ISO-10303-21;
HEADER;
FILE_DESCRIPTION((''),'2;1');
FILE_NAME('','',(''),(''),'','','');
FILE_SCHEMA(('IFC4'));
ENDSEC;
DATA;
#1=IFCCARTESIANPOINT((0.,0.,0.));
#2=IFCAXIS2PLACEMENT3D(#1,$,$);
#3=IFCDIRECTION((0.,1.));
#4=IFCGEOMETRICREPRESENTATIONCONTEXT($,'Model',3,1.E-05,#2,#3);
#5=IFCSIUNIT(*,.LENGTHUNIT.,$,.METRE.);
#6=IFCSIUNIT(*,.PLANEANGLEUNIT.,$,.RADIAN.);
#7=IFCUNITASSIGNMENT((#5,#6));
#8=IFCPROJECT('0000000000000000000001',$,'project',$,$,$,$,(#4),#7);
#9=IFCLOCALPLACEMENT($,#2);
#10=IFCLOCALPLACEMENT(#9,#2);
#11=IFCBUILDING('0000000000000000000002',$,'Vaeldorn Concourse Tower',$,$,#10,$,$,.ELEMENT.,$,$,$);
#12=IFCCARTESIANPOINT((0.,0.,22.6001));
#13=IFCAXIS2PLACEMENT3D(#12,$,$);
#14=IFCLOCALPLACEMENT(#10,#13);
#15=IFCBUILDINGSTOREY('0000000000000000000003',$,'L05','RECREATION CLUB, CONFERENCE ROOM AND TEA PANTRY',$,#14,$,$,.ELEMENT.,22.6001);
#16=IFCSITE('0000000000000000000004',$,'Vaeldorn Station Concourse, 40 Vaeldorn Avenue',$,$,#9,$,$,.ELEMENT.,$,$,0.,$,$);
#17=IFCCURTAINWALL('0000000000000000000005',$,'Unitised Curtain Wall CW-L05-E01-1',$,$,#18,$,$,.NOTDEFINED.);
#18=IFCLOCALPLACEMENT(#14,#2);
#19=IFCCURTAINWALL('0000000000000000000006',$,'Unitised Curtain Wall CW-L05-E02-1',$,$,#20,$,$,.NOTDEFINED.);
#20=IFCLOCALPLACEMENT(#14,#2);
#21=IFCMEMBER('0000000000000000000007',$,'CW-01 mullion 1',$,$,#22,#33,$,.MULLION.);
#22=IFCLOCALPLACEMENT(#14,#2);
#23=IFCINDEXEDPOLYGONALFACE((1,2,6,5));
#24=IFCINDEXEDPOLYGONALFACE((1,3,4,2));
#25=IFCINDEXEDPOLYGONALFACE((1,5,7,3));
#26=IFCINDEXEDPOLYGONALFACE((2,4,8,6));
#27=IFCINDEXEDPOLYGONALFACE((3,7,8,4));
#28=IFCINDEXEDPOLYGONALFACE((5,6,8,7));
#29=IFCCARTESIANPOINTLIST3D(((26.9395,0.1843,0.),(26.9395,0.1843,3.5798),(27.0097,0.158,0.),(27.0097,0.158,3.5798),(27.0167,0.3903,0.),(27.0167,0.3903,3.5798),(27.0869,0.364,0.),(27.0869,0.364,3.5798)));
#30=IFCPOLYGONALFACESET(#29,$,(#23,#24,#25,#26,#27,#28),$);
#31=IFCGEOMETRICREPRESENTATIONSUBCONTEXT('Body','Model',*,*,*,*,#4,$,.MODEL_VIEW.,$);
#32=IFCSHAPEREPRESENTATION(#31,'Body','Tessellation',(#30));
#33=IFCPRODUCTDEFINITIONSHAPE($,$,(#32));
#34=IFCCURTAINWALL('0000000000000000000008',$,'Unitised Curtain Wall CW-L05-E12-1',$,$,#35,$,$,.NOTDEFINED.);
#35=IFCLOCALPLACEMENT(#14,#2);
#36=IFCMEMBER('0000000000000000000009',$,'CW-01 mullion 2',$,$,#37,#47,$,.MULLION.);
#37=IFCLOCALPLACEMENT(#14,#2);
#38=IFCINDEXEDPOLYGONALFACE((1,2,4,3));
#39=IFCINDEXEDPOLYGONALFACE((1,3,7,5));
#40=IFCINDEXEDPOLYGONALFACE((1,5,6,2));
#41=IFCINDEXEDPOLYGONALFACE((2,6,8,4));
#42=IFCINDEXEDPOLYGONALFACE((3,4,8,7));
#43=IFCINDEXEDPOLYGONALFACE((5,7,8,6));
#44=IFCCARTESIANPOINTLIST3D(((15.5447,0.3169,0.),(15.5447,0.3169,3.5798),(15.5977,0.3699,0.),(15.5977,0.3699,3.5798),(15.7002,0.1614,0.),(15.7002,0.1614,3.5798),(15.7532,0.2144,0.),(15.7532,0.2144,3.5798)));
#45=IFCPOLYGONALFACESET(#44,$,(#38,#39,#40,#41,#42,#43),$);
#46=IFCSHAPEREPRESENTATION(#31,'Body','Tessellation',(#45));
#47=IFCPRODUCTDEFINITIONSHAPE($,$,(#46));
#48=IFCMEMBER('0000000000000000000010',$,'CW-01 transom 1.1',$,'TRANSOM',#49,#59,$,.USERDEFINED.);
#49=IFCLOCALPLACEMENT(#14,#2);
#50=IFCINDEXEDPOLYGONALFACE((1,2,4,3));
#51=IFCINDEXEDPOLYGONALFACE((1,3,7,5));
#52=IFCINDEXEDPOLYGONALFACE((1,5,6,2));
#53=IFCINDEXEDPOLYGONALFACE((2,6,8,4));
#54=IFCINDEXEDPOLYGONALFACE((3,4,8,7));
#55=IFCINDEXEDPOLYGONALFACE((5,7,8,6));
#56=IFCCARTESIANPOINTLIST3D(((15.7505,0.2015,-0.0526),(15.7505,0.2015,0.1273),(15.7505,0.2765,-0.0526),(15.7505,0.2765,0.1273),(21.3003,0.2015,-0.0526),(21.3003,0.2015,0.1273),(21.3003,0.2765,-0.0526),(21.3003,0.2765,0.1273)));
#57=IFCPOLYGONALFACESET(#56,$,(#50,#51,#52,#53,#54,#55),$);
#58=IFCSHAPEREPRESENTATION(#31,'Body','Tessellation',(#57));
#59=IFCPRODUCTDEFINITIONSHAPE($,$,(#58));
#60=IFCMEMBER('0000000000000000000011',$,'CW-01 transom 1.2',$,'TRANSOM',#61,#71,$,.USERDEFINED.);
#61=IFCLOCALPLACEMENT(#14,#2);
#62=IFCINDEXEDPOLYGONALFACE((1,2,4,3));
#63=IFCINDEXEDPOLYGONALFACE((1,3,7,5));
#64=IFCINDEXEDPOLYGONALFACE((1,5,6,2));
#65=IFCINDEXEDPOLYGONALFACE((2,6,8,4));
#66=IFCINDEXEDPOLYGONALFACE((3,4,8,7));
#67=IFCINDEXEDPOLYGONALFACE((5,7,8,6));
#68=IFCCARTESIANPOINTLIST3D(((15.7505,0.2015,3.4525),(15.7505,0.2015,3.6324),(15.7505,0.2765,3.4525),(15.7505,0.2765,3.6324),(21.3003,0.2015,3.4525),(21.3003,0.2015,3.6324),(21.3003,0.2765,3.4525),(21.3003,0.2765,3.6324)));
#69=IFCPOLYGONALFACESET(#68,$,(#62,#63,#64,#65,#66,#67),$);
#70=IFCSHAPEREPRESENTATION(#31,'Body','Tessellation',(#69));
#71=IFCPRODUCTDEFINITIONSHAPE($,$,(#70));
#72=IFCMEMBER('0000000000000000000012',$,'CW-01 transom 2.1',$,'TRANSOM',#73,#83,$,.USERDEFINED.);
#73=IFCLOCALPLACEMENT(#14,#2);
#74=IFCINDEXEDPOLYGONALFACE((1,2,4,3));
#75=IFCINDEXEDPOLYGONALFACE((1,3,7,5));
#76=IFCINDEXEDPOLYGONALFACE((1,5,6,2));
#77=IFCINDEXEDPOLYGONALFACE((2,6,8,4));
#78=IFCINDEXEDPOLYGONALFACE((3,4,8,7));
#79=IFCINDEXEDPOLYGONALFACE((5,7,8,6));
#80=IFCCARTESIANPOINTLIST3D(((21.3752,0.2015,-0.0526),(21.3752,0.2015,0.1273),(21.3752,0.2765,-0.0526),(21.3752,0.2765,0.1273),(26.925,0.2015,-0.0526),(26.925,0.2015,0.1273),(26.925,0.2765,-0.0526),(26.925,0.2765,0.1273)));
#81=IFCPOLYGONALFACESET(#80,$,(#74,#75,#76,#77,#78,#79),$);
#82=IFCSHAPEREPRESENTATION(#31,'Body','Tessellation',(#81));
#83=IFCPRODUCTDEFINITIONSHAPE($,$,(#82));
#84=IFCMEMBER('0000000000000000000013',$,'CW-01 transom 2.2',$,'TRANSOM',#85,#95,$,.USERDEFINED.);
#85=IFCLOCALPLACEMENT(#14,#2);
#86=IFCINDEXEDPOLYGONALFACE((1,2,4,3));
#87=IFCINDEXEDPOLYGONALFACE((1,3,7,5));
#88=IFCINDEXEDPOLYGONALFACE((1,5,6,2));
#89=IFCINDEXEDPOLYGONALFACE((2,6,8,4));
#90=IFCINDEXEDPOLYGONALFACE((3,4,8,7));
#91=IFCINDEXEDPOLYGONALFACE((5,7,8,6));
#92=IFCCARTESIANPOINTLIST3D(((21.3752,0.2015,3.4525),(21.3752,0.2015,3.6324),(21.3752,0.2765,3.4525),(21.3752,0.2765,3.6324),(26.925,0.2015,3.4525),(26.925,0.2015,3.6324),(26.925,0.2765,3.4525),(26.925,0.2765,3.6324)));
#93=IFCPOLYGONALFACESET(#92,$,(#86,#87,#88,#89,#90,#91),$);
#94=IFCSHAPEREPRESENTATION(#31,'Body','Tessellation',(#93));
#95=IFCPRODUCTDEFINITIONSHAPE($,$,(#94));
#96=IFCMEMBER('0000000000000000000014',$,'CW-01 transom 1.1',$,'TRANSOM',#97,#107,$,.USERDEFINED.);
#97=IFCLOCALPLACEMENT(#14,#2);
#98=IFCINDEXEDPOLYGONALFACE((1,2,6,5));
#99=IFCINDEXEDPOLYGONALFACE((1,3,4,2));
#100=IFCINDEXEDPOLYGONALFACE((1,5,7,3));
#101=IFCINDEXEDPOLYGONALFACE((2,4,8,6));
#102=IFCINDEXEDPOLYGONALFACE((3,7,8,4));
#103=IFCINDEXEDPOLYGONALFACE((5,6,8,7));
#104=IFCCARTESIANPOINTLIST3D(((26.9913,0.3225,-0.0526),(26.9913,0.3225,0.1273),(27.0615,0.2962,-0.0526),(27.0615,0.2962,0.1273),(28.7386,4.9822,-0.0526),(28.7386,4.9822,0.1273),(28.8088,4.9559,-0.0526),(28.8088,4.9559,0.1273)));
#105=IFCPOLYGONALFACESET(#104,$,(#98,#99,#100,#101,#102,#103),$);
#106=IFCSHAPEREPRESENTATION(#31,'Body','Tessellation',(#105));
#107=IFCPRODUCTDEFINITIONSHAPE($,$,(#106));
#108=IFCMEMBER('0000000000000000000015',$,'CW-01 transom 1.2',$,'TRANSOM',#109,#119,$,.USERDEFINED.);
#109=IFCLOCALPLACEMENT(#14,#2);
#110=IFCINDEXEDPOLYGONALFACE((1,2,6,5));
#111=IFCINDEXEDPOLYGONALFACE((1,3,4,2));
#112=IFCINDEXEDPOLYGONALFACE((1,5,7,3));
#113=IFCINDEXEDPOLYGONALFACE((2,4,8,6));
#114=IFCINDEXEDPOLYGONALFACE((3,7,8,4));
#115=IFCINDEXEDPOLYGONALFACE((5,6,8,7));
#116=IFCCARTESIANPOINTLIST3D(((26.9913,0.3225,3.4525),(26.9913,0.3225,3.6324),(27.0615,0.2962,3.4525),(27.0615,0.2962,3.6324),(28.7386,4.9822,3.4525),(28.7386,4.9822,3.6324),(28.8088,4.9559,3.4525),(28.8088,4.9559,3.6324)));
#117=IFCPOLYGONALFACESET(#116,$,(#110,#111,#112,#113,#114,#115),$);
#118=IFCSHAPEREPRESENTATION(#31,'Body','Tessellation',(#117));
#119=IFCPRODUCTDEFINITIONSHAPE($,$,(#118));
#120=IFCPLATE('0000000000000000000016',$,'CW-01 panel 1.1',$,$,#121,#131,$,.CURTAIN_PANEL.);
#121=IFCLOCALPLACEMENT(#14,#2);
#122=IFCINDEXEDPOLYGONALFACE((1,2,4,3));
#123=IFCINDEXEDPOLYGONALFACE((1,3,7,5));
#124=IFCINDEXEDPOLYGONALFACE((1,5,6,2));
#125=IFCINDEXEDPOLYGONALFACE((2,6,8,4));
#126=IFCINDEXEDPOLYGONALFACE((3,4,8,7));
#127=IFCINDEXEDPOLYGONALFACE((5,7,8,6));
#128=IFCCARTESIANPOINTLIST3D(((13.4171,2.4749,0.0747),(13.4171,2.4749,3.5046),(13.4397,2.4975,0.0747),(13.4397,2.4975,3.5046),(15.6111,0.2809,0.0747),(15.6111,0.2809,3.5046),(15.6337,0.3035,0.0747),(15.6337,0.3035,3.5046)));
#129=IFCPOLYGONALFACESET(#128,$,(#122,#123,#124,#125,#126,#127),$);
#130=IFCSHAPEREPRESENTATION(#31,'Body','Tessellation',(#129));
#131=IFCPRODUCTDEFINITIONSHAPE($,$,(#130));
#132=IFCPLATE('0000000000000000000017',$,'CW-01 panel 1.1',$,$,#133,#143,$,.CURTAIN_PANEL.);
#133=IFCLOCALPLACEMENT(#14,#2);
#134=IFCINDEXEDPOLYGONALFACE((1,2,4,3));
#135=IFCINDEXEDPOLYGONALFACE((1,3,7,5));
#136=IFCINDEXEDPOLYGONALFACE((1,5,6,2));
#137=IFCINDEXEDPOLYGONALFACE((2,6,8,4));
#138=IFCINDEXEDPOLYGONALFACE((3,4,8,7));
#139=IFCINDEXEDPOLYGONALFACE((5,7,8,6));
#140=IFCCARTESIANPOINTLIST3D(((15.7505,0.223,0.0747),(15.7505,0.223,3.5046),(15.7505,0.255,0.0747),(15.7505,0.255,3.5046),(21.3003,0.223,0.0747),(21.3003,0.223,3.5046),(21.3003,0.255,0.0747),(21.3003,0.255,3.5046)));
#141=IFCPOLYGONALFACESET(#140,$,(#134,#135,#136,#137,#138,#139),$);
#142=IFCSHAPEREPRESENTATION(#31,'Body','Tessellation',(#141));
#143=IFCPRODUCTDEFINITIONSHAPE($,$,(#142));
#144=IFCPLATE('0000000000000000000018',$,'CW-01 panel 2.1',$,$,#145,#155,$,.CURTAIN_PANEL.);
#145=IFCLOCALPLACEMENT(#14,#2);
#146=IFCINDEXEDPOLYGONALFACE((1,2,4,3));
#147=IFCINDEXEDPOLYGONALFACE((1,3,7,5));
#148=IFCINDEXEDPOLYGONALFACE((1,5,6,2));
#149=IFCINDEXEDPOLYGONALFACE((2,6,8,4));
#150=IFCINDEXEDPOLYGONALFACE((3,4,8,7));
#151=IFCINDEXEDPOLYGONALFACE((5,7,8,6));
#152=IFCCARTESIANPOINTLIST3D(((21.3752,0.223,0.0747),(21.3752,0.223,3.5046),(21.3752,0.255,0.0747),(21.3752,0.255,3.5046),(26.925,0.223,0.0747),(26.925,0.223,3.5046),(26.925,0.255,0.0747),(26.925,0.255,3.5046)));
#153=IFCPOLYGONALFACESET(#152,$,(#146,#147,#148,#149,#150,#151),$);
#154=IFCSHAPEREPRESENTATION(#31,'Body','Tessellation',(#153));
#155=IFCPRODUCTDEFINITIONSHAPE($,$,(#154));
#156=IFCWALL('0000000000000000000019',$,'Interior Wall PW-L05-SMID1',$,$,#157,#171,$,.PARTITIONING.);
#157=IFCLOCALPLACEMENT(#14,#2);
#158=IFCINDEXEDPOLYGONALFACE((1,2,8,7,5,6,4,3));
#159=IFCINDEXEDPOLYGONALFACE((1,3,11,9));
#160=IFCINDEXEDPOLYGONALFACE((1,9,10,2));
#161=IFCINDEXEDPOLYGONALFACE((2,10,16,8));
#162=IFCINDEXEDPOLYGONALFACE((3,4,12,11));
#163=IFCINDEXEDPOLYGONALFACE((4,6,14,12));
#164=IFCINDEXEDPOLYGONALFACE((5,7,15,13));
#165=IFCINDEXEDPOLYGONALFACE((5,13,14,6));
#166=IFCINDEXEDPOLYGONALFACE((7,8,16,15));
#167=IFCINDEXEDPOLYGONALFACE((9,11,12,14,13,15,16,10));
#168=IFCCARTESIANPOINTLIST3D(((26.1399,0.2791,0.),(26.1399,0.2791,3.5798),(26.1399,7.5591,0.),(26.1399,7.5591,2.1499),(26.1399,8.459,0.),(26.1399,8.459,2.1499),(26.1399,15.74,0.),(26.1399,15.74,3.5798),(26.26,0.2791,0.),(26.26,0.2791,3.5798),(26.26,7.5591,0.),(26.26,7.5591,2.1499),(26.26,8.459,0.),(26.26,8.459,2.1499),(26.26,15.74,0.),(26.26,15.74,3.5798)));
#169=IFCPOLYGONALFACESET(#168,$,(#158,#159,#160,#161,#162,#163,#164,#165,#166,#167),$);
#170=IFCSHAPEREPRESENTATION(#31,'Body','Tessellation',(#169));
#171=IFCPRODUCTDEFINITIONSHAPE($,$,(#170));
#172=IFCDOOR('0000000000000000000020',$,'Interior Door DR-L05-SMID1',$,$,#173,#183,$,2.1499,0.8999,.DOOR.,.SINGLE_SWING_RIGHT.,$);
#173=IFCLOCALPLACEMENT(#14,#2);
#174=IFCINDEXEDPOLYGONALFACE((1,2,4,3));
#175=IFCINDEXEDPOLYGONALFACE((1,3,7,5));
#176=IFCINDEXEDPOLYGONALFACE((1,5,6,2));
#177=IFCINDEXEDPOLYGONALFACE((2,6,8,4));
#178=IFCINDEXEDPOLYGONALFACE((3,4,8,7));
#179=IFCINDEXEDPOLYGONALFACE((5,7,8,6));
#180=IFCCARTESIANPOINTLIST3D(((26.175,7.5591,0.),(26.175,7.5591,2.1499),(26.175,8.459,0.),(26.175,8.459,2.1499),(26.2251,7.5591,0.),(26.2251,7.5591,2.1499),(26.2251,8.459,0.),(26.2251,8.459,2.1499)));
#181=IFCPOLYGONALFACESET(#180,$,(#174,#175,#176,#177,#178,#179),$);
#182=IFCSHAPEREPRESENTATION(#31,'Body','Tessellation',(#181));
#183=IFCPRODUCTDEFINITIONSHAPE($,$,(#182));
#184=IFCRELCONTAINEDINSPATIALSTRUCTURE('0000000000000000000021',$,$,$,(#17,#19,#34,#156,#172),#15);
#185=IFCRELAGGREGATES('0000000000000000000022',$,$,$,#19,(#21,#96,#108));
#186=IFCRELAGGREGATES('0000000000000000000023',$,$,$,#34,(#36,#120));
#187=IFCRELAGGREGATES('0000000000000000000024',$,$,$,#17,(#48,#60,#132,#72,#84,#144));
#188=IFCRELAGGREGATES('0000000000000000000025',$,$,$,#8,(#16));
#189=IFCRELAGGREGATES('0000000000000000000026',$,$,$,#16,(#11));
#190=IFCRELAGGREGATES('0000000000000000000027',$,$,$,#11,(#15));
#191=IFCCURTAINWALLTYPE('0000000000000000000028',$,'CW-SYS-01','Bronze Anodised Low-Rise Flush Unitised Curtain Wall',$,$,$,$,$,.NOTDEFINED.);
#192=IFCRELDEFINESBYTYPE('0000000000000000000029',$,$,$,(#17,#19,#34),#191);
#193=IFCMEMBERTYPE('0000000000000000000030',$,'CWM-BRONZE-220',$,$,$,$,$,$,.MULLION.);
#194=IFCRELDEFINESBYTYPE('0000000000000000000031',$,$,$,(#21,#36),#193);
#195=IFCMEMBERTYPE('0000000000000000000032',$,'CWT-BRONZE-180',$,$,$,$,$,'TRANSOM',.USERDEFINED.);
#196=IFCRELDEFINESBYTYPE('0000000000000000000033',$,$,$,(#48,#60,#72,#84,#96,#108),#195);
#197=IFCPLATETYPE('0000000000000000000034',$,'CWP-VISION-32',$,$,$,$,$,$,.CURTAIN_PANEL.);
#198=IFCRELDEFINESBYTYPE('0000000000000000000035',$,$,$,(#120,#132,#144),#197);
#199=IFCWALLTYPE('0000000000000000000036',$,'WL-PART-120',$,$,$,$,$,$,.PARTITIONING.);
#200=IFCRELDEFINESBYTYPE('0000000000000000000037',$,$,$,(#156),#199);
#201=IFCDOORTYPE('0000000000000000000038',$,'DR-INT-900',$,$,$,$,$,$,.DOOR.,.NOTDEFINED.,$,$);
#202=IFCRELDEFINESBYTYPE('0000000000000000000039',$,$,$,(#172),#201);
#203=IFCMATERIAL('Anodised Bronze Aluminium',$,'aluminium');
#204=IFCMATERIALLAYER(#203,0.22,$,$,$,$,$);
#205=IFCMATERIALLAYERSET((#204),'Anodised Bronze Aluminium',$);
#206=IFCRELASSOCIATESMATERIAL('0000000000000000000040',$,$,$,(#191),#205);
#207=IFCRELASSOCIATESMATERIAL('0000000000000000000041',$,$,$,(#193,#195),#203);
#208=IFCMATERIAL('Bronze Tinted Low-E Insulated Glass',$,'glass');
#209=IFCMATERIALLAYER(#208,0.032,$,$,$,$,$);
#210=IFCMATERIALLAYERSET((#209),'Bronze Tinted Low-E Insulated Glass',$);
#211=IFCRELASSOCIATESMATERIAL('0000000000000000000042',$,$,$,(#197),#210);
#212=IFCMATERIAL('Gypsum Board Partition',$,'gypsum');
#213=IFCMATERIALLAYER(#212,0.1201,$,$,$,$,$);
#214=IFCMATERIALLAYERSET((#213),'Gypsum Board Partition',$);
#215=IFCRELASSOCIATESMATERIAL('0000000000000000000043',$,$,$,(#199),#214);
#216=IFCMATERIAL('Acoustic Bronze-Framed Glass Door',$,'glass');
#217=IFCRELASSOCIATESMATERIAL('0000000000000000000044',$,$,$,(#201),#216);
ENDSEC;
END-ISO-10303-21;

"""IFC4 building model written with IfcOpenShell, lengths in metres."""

from ifc_helpers import new_model, si_unit, direction, frame, frame_2d, origin, origin_2d, place, context, subcontext, project, spatial, rectangle, extrude, source, transform, mapped, material, layer, layer_set, material_profile, profile_set, type_object, element, fill, aggregate, save


model = new_model("IFC4")

# Units and contexts
model_context = context("Model", 3, precision=1e-05, world=origin(), true_north=direction((0.0, 1.0)))
body_context = subcontext(model_context, "Body", "Model", "MODEL_VIEW")
ifc_project = project(units=[si_unit("LENGTHUNIT", "METRE"), si_unit("PLANEANGLEUNIT", "RADIAN")], contexts=[model_context])

# Site, building, storey
site_placement = place(None, origin())
site = spatial("IfcSite", under=ifc_project, at=site_placement, Name="Vaeldorn Station Concourse, 40 Vaeldorn Avenue", CompositionType="ELEMENT", RefElevation=0.0)
building_placement = place(site_placement, origin())
building = spatial("IfcBuilding", under=site, at=building_placement, Name="Vaeldorn Concourse Tower", CompositionType="ELEMENT")
storey_placement = place(building_placement, frame((0.0, 0.0, 22.6001)))
storey = spatial("IfcBuildingStorey", under=building, at=storey_placement, Name="L05", Description="RECREATION CLUB, CONFERENCE ROOM AND TEA PANTRY", CompositionType="ELEMENT", Elevation=22.6001)

# Curtain wall
ifc_material_1 = material(Name="Anodised Bronze Aluminium", Category="aluminium")
ifc_layer_1 = layer(ifc_material_1, 0.22)
ifc_layer_set_1 = layer_set([ifc_layer_1], Name="Anodised Bronze Aluminium")
curtain_wall_type = type_object("IfcCurtainWallType", Name="CW-SYS-01", Description="Bronze Anodised Low-Rise Flush Unitised Curtain Wall", PredefinedType="NOTDEFINED", material=ifc_layer_set_1)
curtain_wall_1_placement = place(storey_placement, origin())
curtain_wall_1 = element("IfcCurtainWall", 1, at=curtain_wall_1_placement, inside=storey, type_object=curtain_wall_type, Name="Unitised Curtain Wall CW-L05-E01-1", PredefinedType="NOTDEFINED")
ifc_material_profile_1 = material_profile(ifc_material_1, rectangle(XDim=0.075, YDim=0.22, at=origin_2d()), Name="CWM 75x220")
ifc_profile_set_1 = profile_set([ifc_material_profile_1], Name="Anodised Bronze Aluminium")
member_type_1 = type_object("IfcMemberType", Name="CWM-BRONZE-220", PredefinedType="MULLION", material=ifc_profile_set_1)
shared_shape_1 = source(origin(), body_context, "Body", "SweptSolid", [
    extrude(rectangle(XDim=0.075, YDim=0.22, at=origin_2d()), origin(), (0.0, 0.0, 1.0), 3.5798),
])

# Curtain walls, members
curtain_wall_2_placement = place(storey_placement, origin())
curtain_wall_2 = element("IfcCurtainWall", 2, at=curtain_wall_2_placement, inside=storey, type_object=curtain_wall_type, Name="Unitised Curtain Wall CW-L05-E02-1", PredefinedType="NOTDEFINED")
member_1_placement = place(storey_placement, frame((27.0132, 0.2742, 0.0), z_axis=(0.0, 0.0, 1.0), x_axis=(-0.936329, 0.351123, 0.0)))
member_1 = element("IfcMember", 3, at=member_1_placement, type_object=member_type_1, Name="CW-01 mullion 1", PredefinedType="MULLION", context=body_context, shape_type="MappedRepresentation", body=[
    mapped(shared_shape_1, transform((0.0, 0.0, 0.0), scale=1.0)),
])
curtain_wall_3_placement = place(storey_placement, origin())
curtain_wall_3 = element("IfcCurtainWall", 4, at=curtain_wall_3_placement, inside=storey, type_object=curtain_wall_type, Name="Unitised Curtain Wall CW-L05-E12-1", PredefinedType="NOTDEFINED")
member_2_placement = place(storey_placement, frame((15.6489, 0.2656, 0.0), z_axis=(0.0, 0.0, 1.0), x_axis=(0.707107, 0.707107, 0.0)))
member_2 = element("IfcMember", 5, at=member_2_placement, type_object=member_type_1, Name="CW-01 mullion 2", PredefinedType="MULLION", context=body_context, shape_type="MappedRepresentation", body=[
    mapped(shared_shape_1, transform((0.0, 0.0, 0.0), scale=1.0)),
])

# Members
ifc_material_profile_2 = material_profile(ifc_material_1, rectangle(XDim=0.075, YDim=0.1799, at=origin_2d()), Name="CWT 75x180")
ifc_profile_set_2 = profile_set([ifc_material_profile_2], Name="Anodised Bronze Aluminium")
member_type_2 = type_object("IfcMemberType", Name="CWT-BRONZE-180", ElementType="TRANSOM", PredefinedType="USERDEFINED", material=ifc_profile_set_2)
shared_shape_2 = source(origin(), body_context, "Body", "SweptSolid", [
    extrude(rectangle(XDim=0.075, YDim=0.1799, at=origin_2d()), origin(), (0.0, 0.0, 1.0), 5.5498),
])
member_3_placement = place(storey_placement, frame((15.7505, 0.239, 0.0374), z_axis=(1.0, 0.0, 0.0), x_axis=(0.0, 1.0, 0.0)))
member_3 = element("IfcMember", 6, at=member_3_placement, type_object=member_type_2, Name="CW-01 transom 1.1", ObjectType="TRANSOM", PredefinedType="USERDEFINED", context=body_context, shape_type="MappedRepresentation", body=[
    mapped(shared_shape_2, transform((0.0, 0.0, 0.0), scale=1.0)),
])
member_4_placement = place(storey_placement, frame((15.7505, 0.239, 3.5425), z_axis=(1.0, 0.0, 0.0), x_axis=(0.0, 1.0, 0.0)))
member_4 = element("IfcMember", 7, at=member_4_placement, type_object=member_type_2, Name="CW-01 transom 1.2", ObjectType="TRANSOM", PredefinedType="USERDEFINED", context=body_context, shape_type="MappedRepresentation", body=[
    mapped(shared_shape_2, transform((0.0, 0.0, 0.0), scale=1.0)),
])
member_5_placement = place(storey_placement, frame((21.3752, 0.239, 0.0374), z_axis=(1.0, 0.0, 0.0), x_axis=(0.0, 1.0, 0.0)))
member_5 = element("IfcMember", 8, at=member_5_placement, type_object=member_type_2, Name="CW-01 transom 2.1", ObjectType="TRANSOM", PredefinedType="USERDEFINED", context=body_context, shape_type="MappedRepresentation", body=[
    mapped(shared_shape_2, transform((0.0, 0.0, 0.0), scale=1.0)),
])
member_6_placement = place(storey_placement, frame((21.3752, 0.239, 3.5425), z_axis=(1.0, 0.0, 0.0), x_axis=(0.0, 1.0, 0.0)))
member_6 = element("IfcMember", 9, at=member_6_placement, type_object=member_type_2, Name="CW-01 transom 2.2", ObjectType="TRANSOM", PredefinedType="USERDEFINED", context=body_context, shape_type="MappedRepresentation", body=[
    mapped(shared_shape_2, transform((0.0, 0.0, 0.0), scale=1.0)),
])
shared_shape_3 = source(origin(), body_context, "Body", "SweptSolid", [
    extrude(rectangle(XDim=0.075, YDim=0.1799, at=origin_2d()), origin(), (0.0, 0.0, 1.0), 4.9766),
])
member_7_placement = place(storey_placement, frame((27.0264, 0.3093, 0.0374), z_axis=(0.351113, 0.936333, 0.0), x_axis=(-0.936333, 0.351113, 0.0)))
member_7 = element("IfcMember", 10, at=member_7_placement, type_object=member_type_2, Name="CW-01 transom 1.1", ObjectType="TRANSOM", PredefinedType="USERDEFINED", context=body_context, shape_type="MappedRepresentation", body=[
    mapped(shared_shape_3, transform((0.0, 0.0, 0.0), scale=1.0)),
])
member_8_placement = place(storey_placement, frame((27.0264, 0.3093, 3.5425), z_axis=(0.351113, 0.936333, 0.0), x_axis=(-0.936333, 0.351113, 0.0)))
member_8 = element("IfcMember", 11, at=member_8_placement, type_object=member_type_2, Name="CW-01 transom 1.2", ObjectType="TRANSOM", PredefinedType="USERDEFINED", context=body_context, shape_type="MappedRepresentation", body=[
    mapped(shared_shape_3, transform((0.0, 0.0, 0.0), scale=1.0)),
])
aggregate(curtain_wall_2, [member_1, member_7, member_8])

# Plates
ifc_material_2 = material(Name="Bronze Tinted Low-E Insulated Glass", Category="glass")
ifc_layer_2 = layer(ifc_material_2, 0.032)
ifc_layer_set_2 = layer_set([ifc_layer_2], Name="Bronze Tinted Low-E Insulated Glass")
plate_type = type_object("IfcPlateType", Name="CWP-VISION-32", PredefinedType="CURTAIN_PANEL", material=ifc_layer_set_2)
shared_shape_4 = source(origin(), body_context, "Body", "SweptSolid", [
    extrude(rectangle(XDim=3.1028, YDim=0.032, at=origin_2d()), origin(), (0.0, 0.0, 1.0), 3.4299),
])
plate_1_placement = place(storey_placement, frame((14.5254, 1.3892, 0.0747), z_axis=(0.0, 0.0, 1.0), x_axis=(0.707107, -0.707107, 0.0)))
plate_1 = element("IfcPlate", 12, at=plate_1_placement, type_object=plate_type, Name="CW-01 panel 1.1", PredefinedType="CURTAIN_PANEL", context=body_context, shape_type="MappedRepresentation", body=[
    mapped(shared_shape_4, transform((0.0, 0.0, 0.0), scale=1.0)),
])
aggregate(curtain_wall_3, [member_2, plate_1])
shared_shape_5 = source(origin(), body_context, "Body", "SweptSolid", [
    extrude(rectangle(XDim=5.5498, YDim=0.032, at=origin_2d()), origin(), (0.0, 0.0, 1.0), 3.4299),
])
plate_2_placement = place(storey_placement, frame((18.5254, 0.239, 0.0747), z_axis=(0.0, 0.0, 1.0), x_axis=(1.0, 0.0, 0.0)))
plate_2 = element("IfcPlate", 13, at=plate_2_placement, type_object=plate_type, Name="CW-01 panel 1.1", PredefinedType="CURTAIN_PANEL", context=body_context, shape_type="MappedRepresentation", body=[
    mapped(shared_shape_5, transform((0.0, 0.0, 0.0), scale=1.0)),
])
plate_3_placement = place(storey_placement, frame((24.1501, 0.239, 0.0747), z_axis=(0.0, 0.0, 1.0), x_axis=(1.0, 0.0, 0.0)))
plate_3 = element("IfcPlate", 14, at=plate_3_placement, type_object=plate_type, Name="CW-01 panel 2.1", PredefinedType="CURTAIN_PANEL", context=body_context, shape_type="MappedRepresentation", body=[
    mapped(shared_shape_5, transform((0.0, 0.0, 0.0), scale=1.0)),
])
aggregate(curtain_wall_1, [member_3, member_4, plate_2, member_5, member_6, plate_3])

# Wall, opening, door
ifc_material_3 = material(Name="Gypsum Board Partition", Category="gypsum")
ifc_layer_3 = layer(ifc_material_3, 0.1201)
ifc_layer_set_3 = layer_set([ifc_layer_3], Name="Gypsum Board Partition")
wall_type = type_object("IfcWallType", Name="WL-PART-120", PredefinedType="PARTITIONING", material=ifc_layer_set_3)
wall_placement = place(storey_placement, frame((26.2, 0.2791, 0.0), z_axis=(0.0, 0.0, 1.0), x_axis=(0.0, 1.0, 0.0)))
wall = element("IfcWall", 15, at=wall_placement, inside=storey, type_object=wall_type, Name="Interior Wall PW-L05-SMID1", PredefinedType="PARTITIONING", context=body_context, shape_type="SweptSolid", body=[
    extrude(rectangle(XDim=15.4609, YDim=0.1201, at=frame_2d((7.7305, 0.0))), origin(), (0.0, 0.0, 1.0), 3.5798),
])
opening_placement = place(wall_placement, frame((7.28, 0.0, 0.0)))
opening = element("IfcOpeningElement", 16, at=opening_placement, cuts=wall, PredefinedType="OPENING", context=body_context, shape_type="SweptSolid", body=[
    extrude(rectangle(XDim=0.8999, YDim=2.1499, at=frame_2d((0.45, 1.075))), frame((0.0, 0.0701, 0.0), z_axis=(0.0, -1.0, 0.0), x_axis=(1.0, 0.0, 0.0)), (0.0, 0.0, 1.0), 0.1401),
])
ifc_material_4 = material(Name="Acoustic Bronze-Framed Glass Door", Category="glass")
door_type = type_object("IfcDoorType", Name="DR-INT-900", OperationType="NOTDEFINED", PredefinedType="DOOR", material=ifc_material_4)
shared_shape_6 = source(origin(), body_context, "Body", "SweptSolid", [
    extrude(rectangle(XDim=0.8999, YDim=2.1499, at=frame_2d((0.45, 1.075))), frame((0.0, 0.0249, 0.0), z_axis=(0.0, -1.0, 0.0), x_axis=(1.0, 0.0, 0.0)), (0.0, 0.0, 1.0), 0.05),
])
door_placement = place(opening_placement, origin())
door = element("IfcDoor", 17, at=door_placement, inside=storey, type_object=door_type, Name="Interior Door DR-L05-SMID1", OperationType="SINGLE_SWING_RIGHT", OverallHeight=2.1499, OverallWidth=0.8999, PredefinedType="DOOR", context=body_context, shape_type="MappedRepresentation", body=[
    mapped(shared_shape_6, transform((0.0, 0.0, 0.0), scale=1.0)),
])
fill(opening, door)

save(model, "model.ifc")
